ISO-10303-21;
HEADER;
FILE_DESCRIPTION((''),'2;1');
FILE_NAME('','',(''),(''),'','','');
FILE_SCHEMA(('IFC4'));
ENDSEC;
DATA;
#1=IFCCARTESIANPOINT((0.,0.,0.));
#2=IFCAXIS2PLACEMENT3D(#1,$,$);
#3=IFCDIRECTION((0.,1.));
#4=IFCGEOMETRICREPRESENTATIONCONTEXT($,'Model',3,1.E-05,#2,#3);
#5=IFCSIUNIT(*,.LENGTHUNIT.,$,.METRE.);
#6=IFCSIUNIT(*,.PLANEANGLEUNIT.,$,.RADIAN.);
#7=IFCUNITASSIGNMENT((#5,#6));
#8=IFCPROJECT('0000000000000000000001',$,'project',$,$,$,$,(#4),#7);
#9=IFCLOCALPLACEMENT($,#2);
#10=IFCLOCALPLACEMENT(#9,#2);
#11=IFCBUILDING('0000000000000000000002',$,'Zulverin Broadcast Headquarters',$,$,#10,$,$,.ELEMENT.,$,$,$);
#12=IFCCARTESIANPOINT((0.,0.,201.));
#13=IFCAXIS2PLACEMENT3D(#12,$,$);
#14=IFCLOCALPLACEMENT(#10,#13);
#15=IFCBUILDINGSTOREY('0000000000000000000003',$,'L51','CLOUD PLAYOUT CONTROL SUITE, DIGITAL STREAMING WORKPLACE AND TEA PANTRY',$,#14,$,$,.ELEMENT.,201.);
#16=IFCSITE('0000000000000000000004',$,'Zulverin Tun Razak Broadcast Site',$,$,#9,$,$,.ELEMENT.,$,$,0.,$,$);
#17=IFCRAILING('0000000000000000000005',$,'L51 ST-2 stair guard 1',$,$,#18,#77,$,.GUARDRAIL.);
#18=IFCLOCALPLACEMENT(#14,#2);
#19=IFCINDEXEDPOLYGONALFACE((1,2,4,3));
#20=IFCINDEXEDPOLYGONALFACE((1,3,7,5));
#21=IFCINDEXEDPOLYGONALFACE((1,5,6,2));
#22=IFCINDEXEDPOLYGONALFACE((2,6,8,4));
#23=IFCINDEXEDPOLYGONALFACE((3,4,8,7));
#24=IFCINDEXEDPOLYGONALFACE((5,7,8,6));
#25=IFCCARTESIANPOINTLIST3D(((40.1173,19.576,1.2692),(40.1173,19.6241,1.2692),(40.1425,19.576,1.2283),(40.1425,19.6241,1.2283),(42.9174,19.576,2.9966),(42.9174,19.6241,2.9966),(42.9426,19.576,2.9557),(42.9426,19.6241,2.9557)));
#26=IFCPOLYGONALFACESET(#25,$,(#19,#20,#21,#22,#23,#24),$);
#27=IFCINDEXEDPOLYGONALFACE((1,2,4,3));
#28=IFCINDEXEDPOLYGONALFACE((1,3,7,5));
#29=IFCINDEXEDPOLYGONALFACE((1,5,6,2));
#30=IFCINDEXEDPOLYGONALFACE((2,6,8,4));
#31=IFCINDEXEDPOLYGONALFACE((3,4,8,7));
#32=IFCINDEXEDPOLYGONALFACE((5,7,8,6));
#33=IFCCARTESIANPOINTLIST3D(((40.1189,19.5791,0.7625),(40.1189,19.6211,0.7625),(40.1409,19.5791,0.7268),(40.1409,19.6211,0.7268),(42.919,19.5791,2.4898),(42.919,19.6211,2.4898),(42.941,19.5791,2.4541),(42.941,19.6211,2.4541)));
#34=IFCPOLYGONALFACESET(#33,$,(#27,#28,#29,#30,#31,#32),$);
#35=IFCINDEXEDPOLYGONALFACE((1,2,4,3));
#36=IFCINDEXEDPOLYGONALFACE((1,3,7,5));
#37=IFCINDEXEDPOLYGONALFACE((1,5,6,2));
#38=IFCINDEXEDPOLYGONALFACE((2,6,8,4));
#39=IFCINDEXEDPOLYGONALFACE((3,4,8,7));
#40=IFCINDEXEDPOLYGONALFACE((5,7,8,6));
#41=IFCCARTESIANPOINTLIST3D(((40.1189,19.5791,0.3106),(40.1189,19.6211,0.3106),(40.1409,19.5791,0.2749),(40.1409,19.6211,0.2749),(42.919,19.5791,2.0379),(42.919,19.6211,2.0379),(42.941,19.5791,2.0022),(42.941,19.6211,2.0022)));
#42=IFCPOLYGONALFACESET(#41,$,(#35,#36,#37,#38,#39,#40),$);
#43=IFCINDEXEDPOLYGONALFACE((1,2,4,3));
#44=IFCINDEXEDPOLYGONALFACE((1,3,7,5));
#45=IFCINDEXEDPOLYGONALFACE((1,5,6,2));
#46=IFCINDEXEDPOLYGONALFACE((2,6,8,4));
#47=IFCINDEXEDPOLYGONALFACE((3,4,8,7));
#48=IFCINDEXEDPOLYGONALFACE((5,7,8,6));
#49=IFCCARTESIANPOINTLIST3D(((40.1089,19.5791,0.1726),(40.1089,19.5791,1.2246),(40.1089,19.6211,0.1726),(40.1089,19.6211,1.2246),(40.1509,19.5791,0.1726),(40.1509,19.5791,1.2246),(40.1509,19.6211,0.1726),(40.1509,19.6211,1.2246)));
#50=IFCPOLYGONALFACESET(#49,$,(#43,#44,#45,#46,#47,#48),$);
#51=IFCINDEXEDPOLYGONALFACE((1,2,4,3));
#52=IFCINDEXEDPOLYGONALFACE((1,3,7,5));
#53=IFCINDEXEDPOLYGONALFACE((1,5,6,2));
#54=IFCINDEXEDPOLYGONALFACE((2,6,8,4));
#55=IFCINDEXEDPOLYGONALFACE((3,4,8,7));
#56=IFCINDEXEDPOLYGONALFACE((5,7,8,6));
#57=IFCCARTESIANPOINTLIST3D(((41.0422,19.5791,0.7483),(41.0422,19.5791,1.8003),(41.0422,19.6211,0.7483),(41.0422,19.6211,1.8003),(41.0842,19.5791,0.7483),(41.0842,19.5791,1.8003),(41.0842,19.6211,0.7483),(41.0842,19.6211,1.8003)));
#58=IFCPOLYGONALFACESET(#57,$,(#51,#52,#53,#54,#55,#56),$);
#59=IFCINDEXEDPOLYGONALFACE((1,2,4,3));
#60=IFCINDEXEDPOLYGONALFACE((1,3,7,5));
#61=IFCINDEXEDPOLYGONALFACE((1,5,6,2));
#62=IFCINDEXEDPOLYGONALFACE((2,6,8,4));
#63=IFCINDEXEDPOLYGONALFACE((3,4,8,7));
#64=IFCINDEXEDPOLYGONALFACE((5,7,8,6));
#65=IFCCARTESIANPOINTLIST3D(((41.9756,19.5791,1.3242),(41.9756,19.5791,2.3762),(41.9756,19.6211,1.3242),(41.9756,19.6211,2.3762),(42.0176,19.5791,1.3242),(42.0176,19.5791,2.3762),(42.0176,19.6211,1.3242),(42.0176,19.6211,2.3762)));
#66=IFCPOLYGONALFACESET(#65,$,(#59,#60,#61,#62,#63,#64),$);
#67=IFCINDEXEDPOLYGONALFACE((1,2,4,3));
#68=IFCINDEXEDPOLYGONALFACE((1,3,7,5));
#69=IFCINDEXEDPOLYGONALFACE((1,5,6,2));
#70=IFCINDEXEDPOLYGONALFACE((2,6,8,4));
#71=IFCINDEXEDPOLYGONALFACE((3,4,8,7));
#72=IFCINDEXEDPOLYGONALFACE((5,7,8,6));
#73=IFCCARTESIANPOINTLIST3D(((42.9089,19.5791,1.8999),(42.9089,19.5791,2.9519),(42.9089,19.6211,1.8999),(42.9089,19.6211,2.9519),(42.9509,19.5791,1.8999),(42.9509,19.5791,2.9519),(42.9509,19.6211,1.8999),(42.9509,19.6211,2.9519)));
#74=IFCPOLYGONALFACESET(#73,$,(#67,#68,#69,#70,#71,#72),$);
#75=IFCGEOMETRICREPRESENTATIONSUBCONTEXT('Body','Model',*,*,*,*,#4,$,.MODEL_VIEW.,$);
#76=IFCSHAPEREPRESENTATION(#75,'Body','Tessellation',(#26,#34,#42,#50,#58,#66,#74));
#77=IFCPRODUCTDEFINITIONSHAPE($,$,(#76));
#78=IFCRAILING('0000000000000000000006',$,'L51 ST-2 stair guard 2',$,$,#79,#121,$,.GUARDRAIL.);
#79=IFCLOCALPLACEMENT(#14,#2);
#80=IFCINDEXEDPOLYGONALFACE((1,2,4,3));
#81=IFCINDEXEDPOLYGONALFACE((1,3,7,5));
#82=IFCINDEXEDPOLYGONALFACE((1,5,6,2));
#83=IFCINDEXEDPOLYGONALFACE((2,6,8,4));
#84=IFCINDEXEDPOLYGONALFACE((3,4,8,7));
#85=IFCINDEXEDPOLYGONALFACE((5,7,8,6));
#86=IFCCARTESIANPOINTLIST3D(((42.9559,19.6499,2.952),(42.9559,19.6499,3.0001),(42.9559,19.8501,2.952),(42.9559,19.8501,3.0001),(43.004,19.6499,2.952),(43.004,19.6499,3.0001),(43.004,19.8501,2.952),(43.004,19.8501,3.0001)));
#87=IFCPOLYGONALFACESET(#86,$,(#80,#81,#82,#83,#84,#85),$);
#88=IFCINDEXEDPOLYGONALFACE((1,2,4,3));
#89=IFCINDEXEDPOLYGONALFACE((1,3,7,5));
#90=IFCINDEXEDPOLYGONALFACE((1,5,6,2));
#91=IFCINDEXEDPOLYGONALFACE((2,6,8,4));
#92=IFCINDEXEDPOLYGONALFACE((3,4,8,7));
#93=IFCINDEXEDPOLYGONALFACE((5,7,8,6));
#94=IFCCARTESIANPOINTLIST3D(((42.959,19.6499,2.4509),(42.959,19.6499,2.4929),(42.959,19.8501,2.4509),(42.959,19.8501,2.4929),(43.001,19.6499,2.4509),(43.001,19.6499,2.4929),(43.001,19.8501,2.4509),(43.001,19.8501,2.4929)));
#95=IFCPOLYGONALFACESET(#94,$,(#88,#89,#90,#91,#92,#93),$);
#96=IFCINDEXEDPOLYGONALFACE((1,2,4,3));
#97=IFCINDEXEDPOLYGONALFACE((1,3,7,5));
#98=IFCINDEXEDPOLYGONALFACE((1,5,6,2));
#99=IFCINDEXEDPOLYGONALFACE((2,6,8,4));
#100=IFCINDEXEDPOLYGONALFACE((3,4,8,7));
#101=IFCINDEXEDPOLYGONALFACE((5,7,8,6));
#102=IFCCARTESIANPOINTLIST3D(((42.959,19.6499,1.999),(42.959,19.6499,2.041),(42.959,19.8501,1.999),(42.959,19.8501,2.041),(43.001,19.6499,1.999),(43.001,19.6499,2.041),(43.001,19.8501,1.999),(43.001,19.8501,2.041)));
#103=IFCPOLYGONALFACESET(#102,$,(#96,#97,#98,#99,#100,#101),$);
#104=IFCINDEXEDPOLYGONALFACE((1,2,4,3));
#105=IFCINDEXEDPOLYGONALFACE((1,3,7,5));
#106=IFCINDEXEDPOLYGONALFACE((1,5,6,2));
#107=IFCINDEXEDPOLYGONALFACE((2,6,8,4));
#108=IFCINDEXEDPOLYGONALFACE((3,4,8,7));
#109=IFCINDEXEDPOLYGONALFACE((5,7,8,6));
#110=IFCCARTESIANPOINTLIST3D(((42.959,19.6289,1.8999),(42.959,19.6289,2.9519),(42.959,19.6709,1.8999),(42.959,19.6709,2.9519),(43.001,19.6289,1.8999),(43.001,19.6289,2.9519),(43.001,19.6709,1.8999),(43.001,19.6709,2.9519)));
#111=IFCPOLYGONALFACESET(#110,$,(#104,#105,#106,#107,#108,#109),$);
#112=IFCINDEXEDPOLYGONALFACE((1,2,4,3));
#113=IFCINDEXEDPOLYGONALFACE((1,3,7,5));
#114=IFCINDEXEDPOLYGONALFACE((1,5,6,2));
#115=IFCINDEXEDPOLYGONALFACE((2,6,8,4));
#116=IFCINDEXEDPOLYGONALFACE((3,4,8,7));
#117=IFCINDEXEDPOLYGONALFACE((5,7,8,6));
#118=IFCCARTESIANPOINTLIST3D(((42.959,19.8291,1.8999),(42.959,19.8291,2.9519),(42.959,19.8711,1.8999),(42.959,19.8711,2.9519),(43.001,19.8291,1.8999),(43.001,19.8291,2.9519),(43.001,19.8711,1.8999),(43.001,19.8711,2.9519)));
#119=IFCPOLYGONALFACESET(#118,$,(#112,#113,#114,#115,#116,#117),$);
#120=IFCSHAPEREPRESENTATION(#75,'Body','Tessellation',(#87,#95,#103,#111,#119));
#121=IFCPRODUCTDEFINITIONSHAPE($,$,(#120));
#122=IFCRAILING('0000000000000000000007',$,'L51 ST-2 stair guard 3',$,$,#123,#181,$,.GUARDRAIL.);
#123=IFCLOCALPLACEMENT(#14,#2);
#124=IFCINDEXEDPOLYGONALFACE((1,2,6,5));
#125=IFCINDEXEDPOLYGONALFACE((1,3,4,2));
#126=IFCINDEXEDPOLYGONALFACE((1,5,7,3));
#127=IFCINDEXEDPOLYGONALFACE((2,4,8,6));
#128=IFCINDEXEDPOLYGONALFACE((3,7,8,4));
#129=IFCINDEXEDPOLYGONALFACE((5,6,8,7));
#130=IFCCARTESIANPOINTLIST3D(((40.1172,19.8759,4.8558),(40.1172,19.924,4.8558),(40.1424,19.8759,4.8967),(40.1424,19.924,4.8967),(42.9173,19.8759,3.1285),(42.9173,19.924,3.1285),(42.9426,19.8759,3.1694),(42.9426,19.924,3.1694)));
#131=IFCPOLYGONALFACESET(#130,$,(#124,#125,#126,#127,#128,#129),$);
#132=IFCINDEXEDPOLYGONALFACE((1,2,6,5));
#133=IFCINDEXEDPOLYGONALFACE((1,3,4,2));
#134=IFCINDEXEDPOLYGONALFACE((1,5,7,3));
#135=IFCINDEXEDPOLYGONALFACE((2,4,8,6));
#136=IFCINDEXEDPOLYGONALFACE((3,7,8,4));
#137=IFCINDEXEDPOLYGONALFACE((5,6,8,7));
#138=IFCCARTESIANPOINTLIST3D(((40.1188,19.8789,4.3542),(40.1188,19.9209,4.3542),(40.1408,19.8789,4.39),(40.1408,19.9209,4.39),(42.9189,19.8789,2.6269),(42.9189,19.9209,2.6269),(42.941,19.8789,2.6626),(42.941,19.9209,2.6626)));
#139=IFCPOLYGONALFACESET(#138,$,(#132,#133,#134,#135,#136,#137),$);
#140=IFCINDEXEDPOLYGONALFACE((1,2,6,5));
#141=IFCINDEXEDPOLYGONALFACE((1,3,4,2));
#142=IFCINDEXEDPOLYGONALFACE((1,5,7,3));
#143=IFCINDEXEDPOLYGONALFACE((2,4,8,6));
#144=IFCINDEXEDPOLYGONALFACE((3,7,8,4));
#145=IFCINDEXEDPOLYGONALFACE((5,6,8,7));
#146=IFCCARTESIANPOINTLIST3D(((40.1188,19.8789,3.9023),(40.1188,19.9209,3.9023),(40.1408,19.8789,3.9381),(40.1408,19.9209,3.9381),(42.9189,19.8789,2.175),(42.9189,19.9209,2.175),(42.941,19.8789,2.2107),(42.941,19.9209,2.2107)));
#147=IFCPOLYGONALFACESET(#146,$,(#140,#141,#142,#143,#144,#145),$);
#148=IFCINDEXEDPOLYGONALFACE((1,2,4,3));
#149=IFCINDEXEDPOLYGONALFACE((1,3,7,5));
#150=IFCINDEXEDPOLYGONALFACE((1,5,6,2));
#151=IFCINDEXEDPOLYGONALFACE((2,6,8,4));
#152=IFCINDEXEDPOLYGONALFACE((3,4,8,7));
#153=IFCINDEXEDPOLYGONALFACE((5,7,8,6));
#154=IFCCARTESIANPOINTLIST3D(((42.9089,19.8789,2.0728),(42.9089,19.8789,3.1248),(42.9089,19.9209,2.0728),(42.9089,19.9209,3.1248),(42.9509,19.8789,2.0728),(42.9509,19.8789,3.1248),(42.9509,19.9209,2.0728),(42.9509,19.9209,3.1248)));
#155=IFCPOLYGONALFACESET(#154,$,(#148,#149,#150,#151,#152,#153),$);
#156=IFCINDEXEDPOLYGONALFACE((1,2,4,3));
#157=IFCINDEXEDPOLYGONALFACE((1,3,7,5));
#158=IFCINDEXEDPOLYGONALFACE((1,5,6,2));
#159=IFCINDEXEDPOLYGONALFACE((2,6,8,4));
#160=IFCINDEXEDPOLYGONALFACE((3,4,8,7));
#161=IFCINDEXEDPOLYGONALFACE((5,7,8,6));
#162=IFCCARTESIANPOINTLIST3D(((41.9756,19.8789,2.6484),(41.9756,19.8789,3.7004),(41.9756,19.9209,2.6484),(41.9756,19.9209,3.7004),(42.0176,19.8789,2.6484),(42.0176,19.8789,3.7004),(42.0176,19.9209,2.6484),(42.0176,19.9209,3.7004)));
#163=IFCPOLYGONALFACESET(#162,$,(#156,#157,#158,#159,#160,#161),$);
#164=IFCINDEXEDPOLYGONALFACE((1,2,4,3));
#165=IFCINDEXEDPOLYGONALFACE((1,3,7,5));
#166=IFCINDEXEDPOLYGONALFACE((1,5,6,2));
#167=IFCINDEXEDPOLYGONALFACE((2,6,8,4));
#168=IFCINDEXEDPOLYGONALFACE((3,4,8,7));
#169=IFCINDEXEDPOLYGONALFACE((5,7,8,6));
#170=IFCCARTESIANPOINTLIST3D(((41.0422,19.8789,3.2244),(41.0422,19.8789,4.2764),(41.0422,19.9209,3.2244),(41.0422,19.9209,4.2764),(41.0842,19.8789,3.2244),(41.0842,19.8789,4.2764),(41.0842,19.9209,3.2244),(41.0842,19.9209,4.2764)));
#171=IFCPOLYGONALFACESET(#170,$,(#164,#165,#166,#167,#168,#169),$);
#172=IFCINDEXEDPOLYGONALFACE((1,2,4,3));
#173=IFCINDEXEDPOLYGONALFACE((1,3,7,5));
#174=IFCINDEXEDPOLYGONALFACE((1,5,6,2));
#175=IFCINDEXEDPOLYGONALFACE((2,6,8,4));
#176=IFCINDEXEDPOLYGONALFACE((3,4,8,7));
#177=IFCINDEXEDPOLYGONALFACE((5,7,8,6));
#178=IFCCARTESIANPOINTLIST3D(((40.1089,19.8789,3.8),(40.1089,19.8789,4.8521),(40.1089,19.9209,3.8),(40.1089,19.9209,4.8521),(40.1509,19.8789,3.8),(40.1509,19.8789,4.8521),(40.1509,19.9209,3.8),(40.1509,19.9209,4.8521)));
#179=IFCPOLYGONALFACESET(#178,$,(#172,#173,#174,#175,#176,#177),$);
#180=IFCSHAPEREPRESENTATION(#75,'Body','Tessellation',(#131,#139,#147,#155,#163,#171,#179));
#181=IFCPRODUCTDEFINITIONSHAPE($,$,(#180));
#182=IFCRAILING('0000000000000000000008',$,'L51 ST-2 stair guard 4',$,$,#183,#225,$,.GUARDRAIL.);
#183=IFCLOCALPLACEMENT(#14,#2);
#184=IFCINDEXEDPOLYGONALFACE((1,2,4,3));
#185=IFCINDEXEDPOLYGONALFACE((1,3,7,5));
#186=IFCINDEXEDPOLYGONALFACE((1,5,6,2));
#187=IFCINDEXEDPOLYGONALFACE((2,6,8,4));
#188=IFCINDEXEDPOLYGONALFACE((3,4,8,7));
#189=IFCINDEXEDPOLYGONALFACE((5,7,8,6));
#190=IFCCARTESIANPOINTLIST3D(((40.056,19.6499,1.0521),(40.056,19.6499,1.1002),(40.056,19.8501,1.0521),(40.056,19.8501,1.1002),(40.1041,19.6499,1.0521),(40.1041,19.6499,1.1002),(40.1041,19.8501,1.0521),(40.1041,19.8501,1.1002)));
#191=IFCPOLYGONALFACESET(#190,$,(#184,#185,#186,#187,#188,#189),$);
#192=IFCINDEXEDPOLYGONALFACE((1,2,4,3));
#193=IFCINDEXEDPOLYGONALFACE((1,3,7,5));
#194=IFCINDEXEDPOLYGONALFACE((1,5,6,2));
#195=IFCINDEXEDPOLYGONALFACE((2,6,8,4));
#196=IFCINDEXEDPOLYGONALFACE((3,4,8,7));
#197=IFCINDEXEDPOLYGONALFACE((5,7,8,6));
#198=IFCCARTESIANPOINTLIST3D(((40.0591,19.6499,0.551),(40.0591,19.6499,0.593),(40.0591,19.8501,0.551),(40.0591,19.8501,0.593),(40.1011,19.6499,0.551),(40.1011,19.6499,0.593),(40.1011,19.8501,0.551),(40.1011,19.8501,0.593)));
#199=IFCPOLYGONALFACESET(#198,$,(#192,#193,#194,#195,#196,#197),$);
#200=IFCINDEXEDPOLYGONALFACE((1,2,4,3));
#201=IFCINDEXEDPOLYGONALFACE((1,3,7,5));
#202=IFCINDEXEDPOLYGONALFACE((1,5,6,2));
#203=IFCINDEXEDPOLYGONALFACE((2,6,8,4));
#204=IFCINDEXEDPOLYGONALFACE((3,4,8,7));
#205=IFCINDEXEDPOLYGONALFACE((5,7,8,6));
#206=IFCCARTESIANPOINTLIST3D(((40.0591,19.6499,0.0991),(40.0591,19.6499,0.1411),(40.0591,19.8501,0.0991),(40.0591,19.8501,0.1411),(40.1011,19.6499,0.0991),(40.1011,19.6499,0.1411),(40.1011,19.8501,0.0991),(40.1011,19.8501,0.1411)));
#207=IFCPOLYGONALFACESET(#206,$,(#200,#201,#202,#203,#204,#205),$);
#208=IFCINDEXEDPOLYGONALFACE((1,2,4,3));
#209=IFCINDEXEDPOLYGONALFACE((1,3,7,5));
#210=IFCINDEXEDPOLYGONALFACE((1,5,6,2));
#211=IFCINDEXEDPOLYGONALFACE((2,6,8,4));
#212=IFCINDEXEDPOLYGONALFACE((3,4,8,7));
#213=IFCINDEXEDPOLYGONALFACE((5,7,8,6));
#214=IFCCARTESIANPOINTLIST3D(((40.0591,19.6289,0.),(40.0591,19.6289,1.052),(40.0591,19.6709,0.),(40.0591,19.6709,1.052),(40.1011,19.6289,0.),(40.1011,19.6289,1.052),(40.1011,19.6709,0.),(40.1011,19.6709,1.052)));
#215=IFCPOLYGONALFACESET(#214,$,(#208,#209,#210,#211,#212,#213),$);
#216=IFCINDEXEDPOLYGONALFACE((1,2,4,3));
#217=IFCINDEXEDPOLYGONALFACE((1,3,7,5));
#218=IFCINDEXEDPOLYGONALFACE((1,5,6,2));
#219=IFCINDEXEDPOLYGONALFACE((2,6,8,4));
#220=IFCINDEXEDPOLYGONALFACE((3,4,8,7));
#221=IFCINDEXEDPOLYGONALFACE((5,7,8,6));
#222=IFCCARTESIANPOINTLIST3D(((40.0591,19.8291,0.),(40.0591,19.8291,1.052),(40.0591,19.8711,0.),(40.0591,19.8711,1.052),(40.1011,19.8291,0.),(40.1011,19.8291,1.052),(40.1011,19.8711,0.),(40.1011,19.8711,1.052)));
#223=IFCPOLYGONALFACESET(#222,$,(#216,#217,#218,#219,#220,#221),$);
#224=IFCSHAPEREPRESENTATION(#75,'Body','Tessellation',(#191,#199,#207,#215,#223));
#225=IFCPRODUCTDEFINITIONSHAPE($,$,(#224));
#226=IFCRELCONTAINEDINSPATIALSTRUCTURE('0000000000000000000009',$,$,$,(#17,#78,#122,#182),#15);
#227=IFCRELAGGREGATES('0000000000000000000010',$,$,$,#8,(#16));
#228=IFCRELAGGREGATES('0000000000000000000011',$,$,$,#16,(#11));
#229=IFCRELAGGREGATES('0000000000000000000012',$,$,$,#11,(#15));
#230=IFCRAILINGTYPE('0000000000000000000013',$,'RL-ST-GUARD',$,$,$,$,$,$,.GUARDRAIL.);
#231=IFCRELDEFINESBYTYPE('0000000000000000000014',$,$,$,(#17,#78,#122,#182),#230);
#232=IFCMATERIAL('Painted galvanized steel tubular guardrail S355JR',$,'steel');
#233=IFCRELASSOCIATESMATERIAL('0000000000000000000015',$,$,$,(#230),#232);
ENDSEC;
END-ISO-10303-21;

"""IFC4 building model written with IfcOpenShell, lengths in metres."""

from ifc_helpers import new_model, si_unit, direction, frame, origin, origin_2d, place, context, subcontext, project, spatial, rectangle, extrude, material, type_object, element, save


model = new_model("IFC4")

# Units and contexts
model_context = context("Model", 3, precision=1e-05, world=origin(), true_north=direction((0.0, 1.0)))
body_context = subcontext(model_context, "Body", "Model", "MODEL_VIEW")
ifc_project = project(units=[si_unit("LENGTHUNIT", "METRE"), si_unit("PLANEANGLEUNIT", "RADIAN")], contexts=[model_context])

# Site, building, storey
site_placement = place(None, origin())
site = spatial("IfcSite", under=ifc_project, at=site_placement, Name="Zulverin Tun Razak Broadcast Site", CompositionType="ELEMENT", RefElevation=0.0)
building_placement = place(site_placement, origin())
building = spatial("IfcBuilding", under=site, at=building_placement, Name="Zulverin Broadcast Headquarters", CompositionType="ELEMENT")
storey_placement = place(building_placement, frame((0.0, 0.0, 201.0)))
storey = spatial("IfcBuildingStorey", under=building, at=storey_placement, Name="L51", Description="CLOUD PLAYOUT CONTROL SUITE, DIGITAL STREAMING WORKPLACE AND TEA PANTRY", CompositionType="ELEMENT", Elevation=201.0)

# Railings
ifc_material_1 = material(Name="Painted galvanized steel tubular guardrail S355JR", Category="steel")
railing_type_1 = type_object("IfcRailingType", Name="RL-ST-GUARD", PredefinedType="GUARDRAIL", material=ifc_material_1)
railing_1_placement = place(storey_placement, frame((40.1299, 19.6001, 0.1726)))
element("IfcRailing", 1, at=railing_1_placement, inside=storey, type_object=railing_type_1, Name="L51 ST-2 stair guard 1", PredefinedType="GUARDRAIL", context=body_context, shape_type="SweptSolid", body=[
    extrude(rectangle(XDim=0.0481, YDim=0.0481, at=origin_2d()), frame((0.0, 0.0, 1.0762), z_axis=(0.85109, 0.0, 0.52502), x_axis=(0.0, 1.0, 0.0)), (0.0, 0.0, 1.0), 3.29),
    extrude(rectangle(XDim=0.042, YDim=0.042, at=origin_2d()), frame((0.0, 0.0, 0.572), z_axis=(0.85109, 0.0, 0.52502), x_axis=(0.0, 1.0, 0.0)), (0.0, 0.0, 1.0), 3.29),
    extrude(rectangle(XDim=0.042, YDim=0.042, at=origin_2d()), frame((0.0, 0.0, 0.1201), z_axis=(0.85109, 0.0, 0.52502), x_axis=(0.0, 1.0, 0.0)), (0.0, 0.0, 1.0), 3.29),
    extrude(rectangle(XDim=0.042, YDim=0.042, at=origin_2d()), origin(), (0.0, 0.0, 1.0), 1.052),
    extrude(rectangle(XDim=0.042, YDim=0.042, at=origin_2d()), frame((0.9333, 0.0, 0.5757)), (0.0, 0.0, 1.0), 1.052),
    extrude(rectangle(XDim=0.042, YDim=0.042, at=origin_2d()), frame((1.8667, 0.0, 1.1516)), (0.0, 0.0, 1.0), 1.052),
    extrude(rectangle(XDim=0.042, YDim=0.042, at=origin_2d()), frame((2.8, 0.0, 1.7273)), (0.0, 0.0, 1.0), 1.052),
])
railing_2_placement = place(storey_placement, frame((42.98, 19.6499, 1.8999)))
element("IfcRailing", 2, at=railing_2_placement, inside=storey, type_object=railing_type_1, Name="L51 ST-2 stair guard 2", PredefinedType="GUARDRAIL", context=body_context, shape_type="SweptSolid", body=[
    extrude(rectangle(XDim=0.0481, YDim=0.0481, at=origin_2d()), frame((0.0, 0.0, 1.0762), z_axis=(0.0, 1.0, 0.0), x_axis=(-1.0, 0.0, 0.0)), (0.0, 0.0, 1.0), 0.2002),
    extrude(rectangle(XDim=0.042, YDim=0.042, at=origin_2d()), frame((0.0, 0.0, 0.572), z_axis=(0.0, 1.0, 0.0), x_axis=(-1.0, 0.0, 0.0)), (0.0, 0.0, 1.0), 0.2002),
    extrude(rectangle(XDim=0.042, YDim=0.042, at=origin_2d()), frame((0.0, 0.0, 0.1201), z_axis=(0.0, 1.0, 0.0), x_axis=(-1.0, 0.0, 0.0)), (0.0, 0.0, 1.0), 0.2002),
    extrude(rectangle(XDim=0.042, YDim=0.042, at=origin_2d()), origin(), (0.0, 0.0, 1.0), 1.052),
    extrude(rectangle(XDim=0.042, YDim=0.042, at=origin_2d()), frame((0.0, 0.2002, 0.0)), (0.0, 0.0, 1.0), 1.052),
])
railing_3_placement = place(storey_placement, frame((42.9299, 19.8999, 2.0728)))
element("IfcRailing", 3, at=railing_3_placement, inside=storey, type_object=railing_type_1, Name="L51 ST-2 stair guard 3", PredefinedType="GUARDRAIL", context=body_context, shape_type="SweptSolid", body=[
    extrude(rectangle(XDim=0.0481, YDim=0.0481, at=origin_2d()), frame((0.0, 0.0, 1.0762), z_axis=(-0.85109, 0.0, 0.52502), x_axis=(0.0, -1.0, 0.0)), (0.0, 0.0, 1.0), 3.29),
    extrude(rectangle(XDim=0.042, YDim=0.042, at=origin_2d()), frame((0.0, 0.0, 0.572), z_axis=(-0.85109, 0.0, 0.52502), x_axis=(0.0, -1.0, 0.0)), (0.0, 0.0, 1.0), 3.29),
    extrude(rectangle(XDim=0.042, YDim=0.042, at=origin_2d()), frame((0.0, 0.0, 0.1201), z_axis=(-0.85109, 0.0, 0.52502), x_axis=(0.0, -1.0, 0.0)), (0.0, 0.0, 1.0), 3.29),
    extrude(rectangle(XDim=0.042, YDim=0.042, at=origin_2d()), origin(), (0.0, 0.0, 1.0), 1.052),
    extrude(rectangle(XDim=0.042, YDim=0.042, at=origin_2d()), frame((-0.9333, 0.0, 0.5757)), (0.0, 0.0, 1.0), 1.052),
    extrude(rectangle(XDim=0.042, YDim=0.042, at=origin_2d()), frame((-1.8667, 0.0, 1.1516)), (0.0, 0.0, 1.0), 1.052),
    extrude(rectangle(XDim=0.042, YDim=0.042, at=origin_2d()), frame((-2.8, 0.0, 1.7273)), (0.0, 0.0, 1.0), 1.052),
])
railing_4_placement = place(storey_placement, frame((40.0801, 19.6499, 0.0)))
element("IfcRailing", 4, at=railing_4_placement, inside=storey, type_object=railing_type_1, Name="L51 ST-2 stair guard 4", PredefinedType="GUARDRAIL", context=body_context, shape_type="SweptSolid", body=[
    extrude(rectangle(XDim=0.0481, YDim=0.0481, at=origin_2d()), frame((0.0, 0.0, 1.0762), z_axis=(0.0, 1.0, 0.0), x_axis=(-1.0, 0.0, 0.0)), (0.0, 0.0, 1.0), 0.2002),
    extrude(rectangle(XDim=0.042, YDim=0.042, at=origin_2d()), frame((0.0, 0.0, 0.572), z_axis=(0.0, 1.0, 0.0), x_axis=(-1.0, 0.0, 0.0)), (0.0, 0.0, 1.0), 0.2002),
    extrude(rectangle(XDim=0.042, YDim=0.042, at=origin_2d()), frame((0.0, 0.0, 0.1201), z_axis=(0.0, 1.0, 0.0), x_axis=(-1.0, 0.0, 0.0)), (0.0, 0.0, 1.0), 0.2002),
    extrude(rectangle(XDim=0.042, YDim=0.042, at=origin_2d()), origin(), (0.0, 0.0, 1.0), 1.052),
    extrude(rectangle(XDim=0.042, YDim=0.042, at=origin_2d()), frame((0.0, 0.2002, 0.0)), (0.0, 0.0, 1.0), 1.052),
])

save(model, "model.ifc")
